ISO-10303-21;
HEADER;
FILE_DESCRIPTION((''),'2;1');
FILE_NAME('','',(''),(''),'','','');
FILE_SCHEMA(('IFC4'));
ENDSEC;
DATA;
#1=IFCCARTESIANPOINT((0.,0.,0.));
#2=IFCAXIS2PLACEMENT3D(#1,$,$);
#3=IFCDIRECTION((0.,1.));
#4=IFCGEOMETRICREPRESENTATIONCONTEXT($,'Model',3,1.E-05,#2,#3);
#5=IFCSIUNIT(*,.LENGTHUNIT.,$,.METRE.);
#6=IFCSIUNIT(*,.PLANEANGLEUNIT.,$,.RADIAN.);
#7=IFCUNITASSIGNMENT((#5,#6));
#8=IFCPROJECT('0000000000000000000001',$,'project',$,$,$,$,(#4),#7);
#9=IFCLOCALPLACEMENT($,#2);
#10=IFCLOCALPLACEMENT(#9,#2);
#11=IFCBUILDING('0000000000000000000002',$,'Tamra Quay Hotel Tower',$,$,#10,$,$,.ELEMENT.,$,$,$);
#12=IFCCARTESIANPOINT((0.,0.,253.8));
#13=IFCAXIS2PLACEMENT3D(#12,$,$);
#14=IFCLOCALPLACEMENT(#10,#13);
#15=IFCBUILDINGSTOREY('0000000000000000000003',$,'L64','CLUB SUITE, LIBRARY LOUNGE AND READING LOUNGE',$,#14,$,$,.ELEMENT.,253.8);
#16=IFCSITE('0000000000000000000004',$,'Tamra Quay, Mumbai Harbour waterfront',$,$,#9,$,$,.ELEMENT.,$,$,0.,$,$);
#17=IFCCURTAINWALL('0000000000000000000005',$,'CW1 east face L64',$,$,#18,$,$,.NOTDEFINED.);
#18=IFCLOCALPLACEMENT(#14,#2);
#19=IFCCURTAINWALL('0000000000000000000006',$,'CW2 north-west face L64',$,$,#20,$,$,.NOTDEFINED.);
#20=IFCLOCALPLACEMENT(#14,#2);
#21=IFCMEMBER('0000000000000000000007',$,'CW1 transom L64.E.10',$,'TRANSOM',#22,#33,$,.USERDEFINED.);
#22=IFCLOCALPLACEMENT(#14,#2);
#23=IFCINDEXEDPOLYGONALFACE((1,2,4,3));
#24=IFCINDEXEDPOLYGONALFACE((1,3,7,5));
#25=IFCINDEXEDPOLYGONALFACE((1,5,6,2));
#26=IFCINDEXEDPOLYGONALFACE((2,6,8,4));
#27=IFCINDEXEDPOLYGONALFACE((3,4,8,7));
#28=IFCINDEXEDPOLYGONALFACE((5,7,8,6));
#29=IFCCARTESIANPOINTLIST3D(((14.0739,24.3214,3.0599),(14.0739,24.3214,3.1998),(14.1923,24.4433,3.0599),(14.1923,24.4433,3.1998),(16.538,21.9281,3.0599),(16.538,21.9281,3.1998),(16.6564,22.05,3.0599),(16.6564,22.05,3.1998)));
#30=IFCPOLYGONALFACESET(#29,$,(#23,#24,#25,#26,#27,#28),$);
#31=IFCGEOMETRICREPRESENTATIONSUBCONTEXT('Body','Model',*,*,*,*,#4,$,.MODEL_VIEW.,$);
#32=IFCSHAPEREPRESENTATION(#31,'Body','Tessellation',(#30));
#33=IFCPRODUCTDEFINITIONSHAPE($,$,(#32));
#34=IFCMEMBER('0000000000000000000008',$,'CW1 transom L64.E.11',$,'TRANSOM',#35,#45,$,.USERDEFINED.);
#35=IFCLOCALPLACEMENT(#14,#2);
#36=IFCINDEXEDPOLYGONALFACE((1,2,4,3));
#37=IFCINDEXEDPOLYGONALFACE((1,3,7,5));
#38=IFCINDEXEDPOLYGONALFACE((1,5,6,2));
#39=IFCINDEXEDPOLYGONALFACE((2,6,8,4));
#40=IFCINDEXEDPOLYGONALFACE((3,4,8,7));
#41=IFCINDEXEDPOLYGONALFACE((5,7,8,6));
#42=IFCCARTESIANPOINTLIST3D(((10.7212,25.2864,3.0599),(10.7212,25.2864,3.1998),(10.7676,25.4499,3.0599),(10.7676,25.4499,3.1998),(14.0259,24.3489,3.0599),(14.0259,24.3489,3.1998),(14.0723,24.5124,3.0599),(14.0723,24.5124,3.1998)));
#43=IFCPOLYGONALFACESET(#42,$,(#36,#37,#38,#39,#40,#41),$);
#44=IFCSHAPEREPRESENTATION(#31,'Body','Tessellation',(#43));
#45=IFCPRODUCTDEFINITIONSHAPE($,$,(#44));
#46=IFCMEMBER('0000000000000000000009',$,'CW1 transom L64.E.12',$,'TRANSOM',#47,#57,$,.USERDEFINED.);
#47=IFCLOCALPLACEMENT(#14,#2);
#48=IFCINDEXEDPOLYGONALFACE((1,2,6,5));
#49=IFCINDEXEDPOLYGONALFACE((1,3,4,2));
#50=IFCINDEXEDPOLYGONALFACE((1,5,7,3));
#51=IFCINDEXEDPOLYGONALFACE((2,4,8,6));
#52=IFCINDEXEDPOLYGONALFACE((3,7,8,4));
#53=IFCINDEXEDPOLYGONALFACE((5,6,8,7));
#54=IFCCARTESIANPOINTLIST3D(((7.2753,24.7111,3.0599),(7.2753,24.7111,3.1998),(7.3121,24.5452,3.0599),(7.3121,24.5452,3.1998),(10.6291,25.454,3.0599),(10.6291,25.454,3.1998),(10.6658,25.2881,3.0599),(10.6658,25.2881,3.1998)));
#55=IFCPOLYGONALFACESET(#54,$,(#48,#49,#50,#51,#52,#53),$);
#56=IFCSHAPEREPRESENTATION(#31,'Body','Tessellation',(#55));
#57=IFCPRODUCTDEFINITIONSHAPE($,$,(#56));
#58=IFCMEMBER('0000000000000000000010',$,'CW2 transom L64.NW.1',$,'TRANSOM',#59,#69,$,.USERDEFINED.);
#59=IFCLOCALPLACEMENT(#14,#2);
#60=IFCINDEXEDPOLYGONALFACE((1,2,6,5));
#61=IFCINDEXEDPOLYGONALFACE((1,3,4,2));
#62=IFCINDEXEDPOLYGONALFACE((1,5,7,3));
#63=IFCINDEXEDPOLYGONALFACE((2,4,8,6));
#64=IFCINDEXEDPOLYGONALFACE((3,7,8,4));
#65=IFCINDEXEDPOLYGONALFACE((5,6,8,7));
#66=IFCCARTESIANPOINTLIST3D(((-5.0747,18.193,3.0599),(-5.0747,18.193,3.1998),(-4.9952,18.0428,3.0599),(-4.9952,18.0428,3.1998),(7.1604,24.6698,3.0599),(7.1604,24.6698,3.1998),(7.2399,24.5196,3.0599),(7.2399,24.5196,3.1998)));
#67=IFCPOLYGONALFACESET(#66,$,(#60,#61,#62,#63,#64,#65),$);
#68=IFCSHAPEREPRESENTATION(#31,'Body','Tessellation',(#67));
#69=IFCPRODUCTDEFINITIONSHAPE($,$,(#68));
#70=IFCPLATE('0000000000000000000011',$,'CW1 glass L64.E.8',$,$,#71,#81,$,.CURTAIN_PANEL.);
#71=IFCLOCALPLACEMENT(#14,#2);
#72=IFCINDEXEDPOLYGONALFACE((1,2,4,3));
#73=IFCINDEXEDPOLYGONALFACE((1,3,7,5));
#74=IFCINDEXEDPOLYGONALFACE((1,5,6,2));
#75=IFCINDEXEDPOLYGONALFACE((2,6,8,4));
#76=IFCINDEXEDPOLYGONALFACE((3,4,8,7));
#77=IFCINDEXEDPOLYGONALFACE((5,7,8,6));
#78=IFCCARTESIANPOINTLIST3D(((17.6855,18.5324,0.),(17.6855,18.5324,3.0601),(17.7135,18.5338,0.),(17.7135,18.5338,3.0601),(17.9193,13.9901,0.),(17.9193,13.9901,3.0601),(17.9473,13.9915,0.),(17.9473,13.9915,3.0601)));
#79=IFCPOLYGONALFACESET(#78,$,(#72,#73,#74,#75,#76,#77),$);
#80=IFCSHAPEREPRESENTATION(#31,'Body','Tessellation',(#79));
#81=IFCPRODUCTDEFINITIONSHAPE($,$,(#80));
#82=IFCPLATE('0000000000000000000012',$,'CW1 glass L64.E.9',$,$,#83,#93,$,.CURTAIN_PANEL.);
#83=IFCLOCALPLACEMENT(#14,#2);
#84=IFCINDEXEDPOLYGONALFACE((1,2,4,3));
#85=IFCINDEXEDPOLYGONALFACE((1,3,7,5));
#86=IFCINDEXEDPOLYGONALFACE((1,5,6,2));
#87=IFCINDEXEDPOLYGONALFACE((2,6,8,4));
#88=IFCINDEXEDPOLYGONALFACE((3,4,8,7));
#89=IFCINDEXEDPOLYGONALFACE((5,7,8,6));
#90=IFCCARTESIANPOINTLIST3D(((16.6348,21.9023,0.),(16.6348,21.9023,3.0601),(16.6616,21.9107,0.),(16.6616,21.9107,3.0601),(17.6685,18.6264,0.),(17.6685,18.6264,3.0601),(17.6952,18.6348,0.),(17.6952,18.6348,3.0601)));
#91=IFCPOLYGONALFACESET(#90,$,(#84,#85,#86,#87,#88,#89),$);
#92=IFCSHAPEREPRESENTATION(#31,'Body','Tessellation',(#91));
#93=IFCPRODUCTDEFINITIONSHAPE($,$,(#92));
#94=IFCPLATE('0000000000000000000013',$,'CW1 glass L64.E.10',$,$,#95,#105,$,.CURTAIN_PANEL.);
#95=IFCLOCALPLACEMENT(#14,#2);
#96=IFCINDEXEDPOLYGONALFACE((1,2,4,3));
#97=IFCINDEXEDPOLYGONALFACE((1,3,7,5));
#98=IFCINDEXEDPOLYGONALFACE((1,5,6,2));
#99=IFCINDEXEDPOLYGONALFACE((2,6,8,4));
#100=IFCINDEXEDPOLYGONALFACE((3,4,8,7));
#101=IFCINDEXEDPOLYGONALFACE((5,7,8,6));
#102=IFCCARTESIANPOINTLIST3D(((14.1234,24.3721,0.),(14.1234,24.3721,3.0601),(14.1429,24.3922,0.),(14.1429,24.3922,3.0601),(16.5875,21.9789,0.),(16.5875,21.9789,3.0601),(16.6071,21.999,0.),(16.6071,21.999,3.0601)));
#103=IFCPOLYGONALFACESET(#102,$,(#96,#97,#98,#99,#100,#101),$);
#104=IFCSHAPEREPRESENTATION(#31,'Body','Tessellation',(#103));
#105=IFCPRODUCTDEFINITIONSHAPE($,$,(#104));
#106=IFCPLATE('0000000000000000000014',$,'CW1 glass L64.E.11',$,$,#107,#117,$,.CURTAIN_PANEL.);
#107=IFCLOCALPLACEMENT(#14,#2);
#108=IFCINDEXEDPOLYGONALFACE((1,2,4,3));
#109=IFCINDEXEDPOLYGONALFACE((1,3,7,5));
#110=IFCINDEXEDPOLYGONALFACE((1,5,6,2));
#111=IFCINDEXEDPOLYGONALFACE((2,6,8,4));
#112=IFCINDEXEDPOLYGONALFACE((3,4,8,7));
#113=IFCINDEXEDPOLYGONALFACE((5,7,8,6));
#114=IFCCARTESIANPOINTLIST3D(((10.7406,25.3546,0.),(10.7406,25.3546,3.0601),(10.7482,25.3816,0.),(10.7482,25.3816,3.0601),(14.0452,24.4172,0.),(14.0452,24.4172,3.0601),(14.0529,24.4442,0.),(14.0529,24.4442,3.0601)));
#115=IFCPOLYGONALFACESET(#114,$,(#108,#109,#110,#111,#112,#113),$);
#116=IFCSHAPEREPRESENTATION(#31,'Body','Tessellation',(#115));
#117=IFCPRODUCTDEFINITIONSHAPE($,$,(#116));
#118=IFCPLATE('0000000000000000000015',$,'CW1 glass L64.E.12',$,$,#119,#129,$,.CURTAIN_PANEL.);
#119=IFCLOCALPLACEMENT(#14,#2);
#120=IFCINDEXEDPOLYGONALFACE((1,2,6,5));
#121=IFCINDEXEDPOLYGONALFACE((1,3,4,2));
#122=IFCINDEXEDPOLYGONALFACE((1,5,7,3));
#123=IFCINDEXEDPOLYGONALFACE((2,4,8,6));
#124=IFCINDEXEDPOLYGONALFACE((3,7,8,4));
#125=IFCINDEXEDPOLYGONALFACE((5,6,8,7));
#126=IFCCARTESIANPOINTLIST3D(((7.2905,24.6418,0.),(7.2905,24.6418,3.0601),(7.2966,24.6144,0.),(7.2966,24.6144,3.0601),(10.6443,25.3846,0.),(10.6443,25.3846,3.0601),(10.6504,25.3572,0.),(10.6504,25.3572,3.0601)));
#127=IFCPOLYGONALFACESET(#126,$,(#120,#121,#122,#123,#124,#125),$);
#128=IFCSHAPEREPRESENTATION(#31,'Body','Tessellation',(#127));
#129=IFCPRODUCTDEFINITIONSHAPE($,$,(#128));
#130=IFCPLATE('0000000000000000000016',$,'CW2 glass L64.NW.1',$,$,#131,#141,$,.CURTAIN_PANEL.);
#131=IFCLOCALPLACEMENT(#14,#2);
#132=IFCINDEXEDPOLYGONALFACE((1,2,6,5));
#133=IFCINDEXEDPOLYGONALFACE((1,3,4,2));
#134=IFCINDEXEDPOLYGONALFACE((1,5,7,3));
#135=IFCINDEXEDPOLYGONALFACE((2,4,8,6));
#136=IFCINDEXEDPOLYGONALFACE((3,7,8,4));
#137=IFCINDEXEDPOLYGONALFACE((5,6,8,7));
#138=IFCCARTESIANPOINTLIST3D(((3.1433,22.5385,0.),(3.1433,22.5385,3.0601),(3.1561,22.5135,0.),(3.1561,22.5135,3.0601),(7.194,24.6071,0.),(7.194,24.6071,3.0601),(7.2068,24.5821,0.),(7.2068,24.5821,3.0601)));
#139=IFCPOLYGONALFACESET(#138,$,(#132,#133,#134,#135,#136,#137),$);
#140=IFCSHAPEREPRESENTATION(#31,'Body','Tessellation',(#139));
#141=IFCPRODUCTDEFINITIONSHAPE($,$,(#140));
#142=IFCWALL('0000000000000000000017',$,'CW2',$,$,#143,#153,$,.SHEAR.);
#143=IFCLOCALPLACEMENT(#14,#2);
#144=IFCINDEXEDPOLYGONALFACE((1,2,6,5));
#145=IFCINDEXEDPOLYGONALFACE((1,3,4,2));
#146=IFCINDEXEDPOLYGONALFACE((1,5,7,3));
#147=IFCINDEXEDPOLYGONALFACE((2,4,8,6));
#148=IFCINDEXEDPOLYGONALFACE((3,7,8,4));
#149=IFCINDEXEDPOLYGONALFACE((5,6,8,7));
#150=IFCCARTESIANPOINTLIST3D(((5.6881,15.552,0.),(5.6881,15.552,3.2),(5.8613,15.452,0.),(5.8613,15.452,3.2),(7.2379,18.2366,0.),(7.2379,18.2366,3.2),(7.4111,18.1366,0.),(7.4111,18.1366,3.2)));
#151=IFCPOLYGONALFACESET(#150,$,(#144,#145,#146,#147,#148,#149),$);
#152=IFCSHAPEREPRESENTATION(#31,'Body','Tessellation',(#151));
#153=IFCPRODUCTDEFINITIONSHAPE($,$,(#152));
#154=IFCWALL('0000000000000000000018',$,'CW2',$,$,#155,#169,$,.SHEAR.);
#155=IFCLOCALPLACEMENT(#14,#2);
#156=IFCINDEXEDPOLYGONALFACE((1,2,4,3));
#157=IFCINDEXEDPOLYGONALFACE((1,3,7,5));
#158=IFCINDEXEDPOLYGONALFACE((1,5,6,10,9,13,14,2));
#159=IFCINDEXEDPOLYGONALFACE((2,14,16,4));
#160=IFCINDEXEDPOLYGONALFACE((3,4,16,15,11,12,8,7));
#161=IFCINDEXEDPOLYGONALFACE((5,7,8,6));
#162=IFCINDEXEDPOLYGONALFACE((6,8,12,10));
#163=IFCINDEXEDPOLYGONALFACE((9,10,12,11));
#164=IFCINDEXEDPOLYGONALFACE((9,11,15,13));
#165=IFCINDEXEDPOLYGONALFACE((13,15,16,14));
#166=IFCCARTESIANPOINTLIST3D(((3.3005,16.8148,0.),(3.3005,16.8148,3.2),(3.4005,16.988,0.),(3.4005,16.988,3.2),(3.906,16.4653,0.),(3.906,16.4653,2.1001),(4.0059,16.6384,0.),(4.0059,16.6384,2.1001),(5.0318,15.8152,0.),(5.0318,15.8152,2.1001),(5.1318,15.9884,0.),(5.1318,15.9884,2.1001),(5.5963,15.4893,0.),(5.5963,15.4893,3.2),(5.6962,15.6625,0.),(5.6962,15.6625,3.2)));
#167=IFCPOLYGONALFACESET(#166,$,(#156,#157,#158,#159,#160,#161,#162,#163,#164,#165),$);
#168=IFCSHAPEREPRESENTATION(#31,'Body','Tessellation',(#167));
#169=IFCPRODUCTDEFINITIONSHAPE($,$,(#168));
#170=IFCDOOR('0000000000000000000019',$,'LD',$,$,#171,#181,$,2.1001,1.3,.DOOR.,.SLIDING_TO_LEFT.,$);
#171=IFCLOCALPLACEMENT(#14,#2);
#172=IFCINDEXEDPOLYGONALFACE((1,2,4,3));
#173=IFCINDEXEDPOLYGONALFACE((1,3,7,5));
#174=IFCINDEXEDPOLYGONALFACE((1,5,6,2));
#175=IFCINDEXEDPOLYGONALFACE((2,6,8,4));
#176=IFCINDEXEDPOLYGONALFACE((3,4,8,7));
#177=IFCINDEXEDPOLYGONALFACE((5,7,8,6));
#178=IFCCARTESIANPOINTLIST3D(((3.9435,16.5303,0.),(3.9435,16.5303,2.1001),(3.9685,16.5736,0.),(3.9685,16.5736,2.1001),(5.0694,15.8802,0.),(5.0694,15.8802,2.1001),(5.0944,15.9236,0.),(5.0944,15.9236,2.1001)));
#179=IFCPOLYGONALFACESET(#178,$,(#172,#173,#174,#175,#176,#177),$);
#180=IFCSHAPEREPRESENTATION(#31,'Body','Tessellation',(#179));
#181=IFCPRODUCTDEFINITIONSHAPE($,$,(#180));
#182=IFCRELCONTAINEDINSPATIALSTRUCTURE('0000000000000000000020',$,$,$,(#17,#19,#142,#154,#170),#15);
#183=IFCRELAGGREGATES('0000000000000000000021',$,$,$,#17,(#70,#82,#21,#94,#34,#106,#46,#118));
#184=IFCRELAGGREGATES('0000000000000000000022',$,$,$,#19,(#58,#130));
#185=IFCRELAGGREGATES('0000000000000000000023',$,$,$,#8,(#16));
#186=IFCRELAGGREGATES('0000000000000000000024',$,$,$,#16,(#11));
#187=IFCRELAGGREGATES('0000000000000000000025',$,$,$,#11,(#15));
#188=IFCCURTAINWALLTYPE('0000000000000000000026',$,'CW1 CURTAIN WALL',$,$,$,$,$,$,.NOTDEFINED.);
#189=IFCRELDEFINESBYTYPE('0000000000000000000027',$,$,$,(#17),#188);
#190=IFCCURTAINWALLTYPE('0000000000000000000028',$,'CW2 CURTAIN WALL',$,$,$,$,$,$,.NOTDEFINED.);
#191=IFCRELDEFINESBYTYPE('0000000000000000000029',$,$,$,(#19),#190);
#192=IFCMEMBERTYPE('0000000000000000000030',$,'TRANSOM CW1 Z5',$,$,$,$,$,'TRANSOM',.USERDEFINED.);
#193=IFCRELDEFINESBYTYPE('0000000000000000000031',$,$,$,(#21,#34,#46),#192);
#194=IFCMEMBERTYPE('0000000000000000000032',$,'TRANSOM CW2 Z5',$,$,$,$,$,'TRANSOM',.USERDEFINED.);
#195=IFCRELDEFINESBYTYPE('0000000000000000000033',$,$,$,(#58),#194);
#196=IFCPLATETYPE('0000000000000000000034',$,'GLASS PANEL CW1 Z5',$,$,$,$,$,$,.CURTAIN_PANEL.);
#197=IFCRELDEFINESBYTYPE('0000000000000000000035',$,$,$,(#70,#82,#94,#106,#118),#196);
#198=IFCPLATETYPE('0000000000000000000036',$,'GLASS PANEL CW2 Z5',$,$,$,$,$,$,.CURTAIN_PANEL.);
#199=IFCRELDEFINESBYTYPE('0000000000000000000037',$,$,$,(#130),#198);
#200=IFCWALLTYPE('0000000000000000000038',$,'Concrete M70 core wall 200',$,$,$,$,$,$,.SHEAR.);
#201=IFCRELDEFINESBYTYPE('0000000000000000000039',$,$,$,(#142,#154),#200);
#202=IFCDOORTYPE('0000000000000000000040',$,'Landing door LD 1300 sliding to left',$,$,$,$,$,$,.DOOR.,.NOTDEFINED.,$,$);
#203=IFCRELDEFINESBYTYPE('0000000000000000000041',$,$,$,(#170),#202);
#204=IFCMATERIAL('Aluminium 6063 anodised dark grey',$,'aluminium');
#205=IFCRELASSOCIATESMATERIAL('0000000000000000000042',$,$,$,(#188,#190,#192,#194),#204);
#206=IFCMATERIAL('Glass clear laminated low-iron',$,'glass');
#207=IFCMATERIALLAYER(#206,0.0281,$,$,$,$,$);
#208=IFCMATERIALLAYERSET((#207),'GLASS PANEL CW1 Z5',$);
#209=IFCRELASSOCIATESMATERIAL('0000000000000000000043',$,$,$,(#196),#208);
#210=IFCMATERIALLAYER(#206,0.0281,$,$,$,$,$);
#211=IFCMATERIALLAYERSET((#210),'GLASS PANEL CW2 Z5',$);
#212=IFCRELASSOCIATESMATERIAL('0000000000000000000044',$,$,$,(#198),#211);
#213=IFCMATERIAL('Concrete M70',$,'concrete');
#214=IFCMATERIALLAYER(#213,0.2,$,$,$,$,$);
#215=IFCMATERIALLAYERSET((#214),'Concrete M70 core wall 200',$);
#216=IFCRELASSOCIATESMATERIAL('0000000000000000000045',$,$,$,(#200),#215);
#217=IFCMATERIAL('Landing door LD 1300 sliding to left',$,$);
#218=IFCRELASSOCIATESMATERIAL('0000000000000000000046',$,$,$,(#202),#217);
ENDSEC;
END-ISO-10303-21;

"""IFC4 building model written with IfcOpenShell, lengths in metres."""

from ifc_helpers import new_model, si_unit, direction, frame, frame_2d, origin, origin_2d, place, context, subcontext, project, spatial, rectangle, extrude, material, layer, layer_set, material_profile, profile_set, type_object, element, fill, aggregate, save


model = new_model("IFC4")

# Units and contexts
model_context = context("Model", 3, precision=1e-05, world=origin(), true_north=direction((0.0, 1.0)))
body_context = subcontext(model_context, "Body", "Model", "MODEL_VIEW")
ifc_project = project(units=[si_unit("LENGTHUNIT", "METRE"), si_unit("PLANEANGLEUNIT", "RADIAN")], contexts=[model_context])

# Site, building, storey
site_placement = place(None, origin())
site = spatial("IfcSite", under=ifc_project, at=site_placement, Name="Tamra Quay, Mumbai Harbour waterfront", CompositionType="ELEMENT", RefElevation=0.0)
building_placement = place(site_placement, origin())
building = spatial("IfcBuilding", under=site, at=building_placement, Name="Tamra Quay Hotel Tower", CompositionType="ELEMENT")
storey_placement = place(building_placement, frame((0.0, 0.0, 253.8)))
storey = spatial("IfcBuildingStorey", under=building, at=storey_placement, Name="L64", Description="CLUB SUITE, LIBRARY LOUNGE AND READING LOUNGE", CompositionType="ELEMENT", Elevation=253.8)

# Shared definitions
ifc_material_1 = material(Name="Concrete M70", Category="concrete")

# Curtain wall
ifc_material_2 = material(Name="Aluminium 6063 anodised dark grey", Category="aluminium")
curtain_wall_type_1 = type_object("IfcCurtainWallType", Name="CW1 CURTAIN WALL", PredefinedType="NOTDEFINED", material=ifc_material_2)
curtain_wall_1_placement = place(storey_placement, origin())
curtain_wall_1 = element("IfcCurtainWall", 1, at=curtain_wall_1_placement, inside=storey, type_object=curtain_wall_type_1, Name="CW1 east face L64", PredefinedType="NOTDEFINED")

# Curtain wall
curtain_wall_type_2 = type_object("IfcCurtainWallType", Name="CW2 CURTAIN WALL", PredefinedType="NOTDEFINED", material=ifc_material_2)
curtain_wall_2_placement = place(storey_placement, origin())
curtain_wall_2 = element("IfcCurtainWall", 2, at=curtain_wall_2_placement, inside=storey, type_object=curtain_wall_type_2, Name="CW2 north-west face L64", PredefinedType="NOTDEFINED")

# Members
ifc_material_profile_1 = material_profile(ifc_material_2, rectangle(XDim=0.1699, YDim=0.1399, at=origin_2d()), Name="TRANSOM 170X140")
ifc_profile_set_1 = profile_set([ifc_material_profile_1], Name="Aluminium 6063 anodised dark grey")
member_type_1 = type_object("IfcMemberType", Name="TRANSOM CW1 Z5", ElementType="TRANSOM", PredefinedType="USERDEFINED", material=ifc_profile_set_1)
member_1_placement = place(storey_placement, frame((16.5972, 21.989, 3.1299), z_axis=(-0.717337, 0.696726, 0.0), x_axis=(-0.696726, -0.717337, 0.0)))
member_1 = element("IfcMember", 3, at=member_1_placement, type_object=member_type_1, Name="CW1 transom L64.E.10", ObjectType="TRANSOM", PredefinedType="USERDEFINED", context=body_context, shape_type="SweptSolid", body=[
    extrude(rectangle(XDim=0.1699, YDim=0.1399, at=origin_2d()), origin(), (0.0, 0.0, 1.0), 3.4351),
])
member_2_placement = place(storey_placement, frame((14.0491, 24.4307, 3.1299), z_axis=(-0.962037, 0.272918, 0.0), x_axis=(-0.272918, -0.962037, 0.0)))
member_2 = element("IfcMember", 4, at=member_2_placement, type_object=member_type_1, Name="CW1 transom L64.E.11", ObjectType="TRANSOM", PredefinedType="USERDEFINED", context=body_context, shape_type="SweptSolid", body=[
    extrude(rectangle(XDim=0.1699, YDim=0.1399, at=origin_2d()), origin(), (0.0, 0.0, 1.0), 3.4351),
])
member_3_placement = place(storey_placement, frame((10.6475, 25.3711, 3.1299), z_axis=(-0.976332, -0.216276, 0.0), x_axis=(0.216276, -0.976332, 0.0)))
member_3 = element("IfcMember", 5, at=member_3_placement, type_object=member_type_1, Name="CW1 transom L64.E.12", ObjectType="TRANSOM", PredefinedType="USERDEFINED", context=body_context, shape_type="SweptSolid", body=[
    extrude(rectangle(XDim=0.1699, YDim=0.1399, at=origin_2d()), origin(), (0.0, 0.0, 1.0), 3.4351),
])
ifc_material_profile_2 = material_profile(ifc_material_2, rectangle(XDim=0.1699, YDim=0.1399, at=origin_2d()), Name="TRANSOM 170X140")
ifc_profile_set_2 = profile_set([ifc_material_profile_2], Name="Aluminium 6063 anodised dark grey")
member_type_2 = type_object("IfcMemberType", Name="TRANSOM CW2 Z5", ElementType="TRANSOM", PredefinedType="USERDEFINED", material=ifc_profile_set_2)
member_4_placement = place(storey_placement, frame((7.2002, 24.5947, 3.1299), z_axis=(-0.883806, -0.467854, 0.0), x_axis=(0.467854, -0.883806, 0.0)))
member_4 = element("IfcMember", 6, at=member_4_placement, type_object=member_type_2, Name="CW2 transom L64.NW.1", ObjectType="TRANSOM", PredefinedType="USERDEFINED", context=body_context, shape_type="SweptSolid", body=[
    extrude(rectangle(XDim=0.1699, YDim=0.1399, at=origin_2d()), origin(), (0.0, 0.0, 1.0), 13.8438),
])

# Plates
ifc_material_3 = material(Name="Glass clear laminated low-iron", Category="glass")
ifc_layer_1 = layer(ifc_material_3, 0.0281)
ifc_layer_set_1 = layer_set([ifc_layer_1], Name="GLASS PANEL CW1 Z5")
plate_type_1 = type_object("IfcPlateType", Name="GLASS PANEL CW1 Z5", PredefinedType="CURTAIN_PANEL", material=ifc_layer_set_1)
plate_1_placement = place(storey_placement, frame((17.8164, 16.262, 0.0), z_axis=(0.0, 0.0, 1.0), x_axis=(-0.051403, 0.998678, 0.0)))
plate_1 = element("IfcPlate", 7, at=plate_1_placement, type_object=plate_type_1, Name="CW1 glass L64.E.8", PredefinedType="CURTAIN_PANEL", context=body_context, shape_type="SweptSolid", body=[
    extrude(rectangle(XDim=4.5483, YDim=0.0281, at=origin_2d()), origin(), (0.0, 0.0, 1.0), 3.0601),
])
plate_2_placement = place(storey_placement, frame((17.165, 20.2686, 0.0), z_axis=(0.0, 0.0, 1.0), x_axis=(-0.300903, 0.953655, 0.0)))
plate_2 = element("IfcPlate", 8, at=plate_2_placement, type_object=plate_type_1, Name="CW1 glass L64.E.9", PredefinedType="CURTAIN_PANEL", context=body_context, shape_type="SweptSolid", body=[
    extrude(rectangle(XDim=3.4351, YDim=0.0281, at=origin_2d()), origin(), (0.0, 0.0, 1.0), 3.0601),
])
plate_3_placement = place(storey_placement, frame((15.3652, 23.1855, 0.0), z_axis=(0.0, 0.0, 1.0), x_axis=(-0.717364, 0.696698, 0.0)))
plate_3 = element("IfcPlate", 9, at=plate_3_placement, type_object=plate_type_1, Name="CW1 glass L64.E.10", PredefinedType="CURTAIN_PANEL", context=body_context, shape_type="SweptSolid", body=[
    extrude(rectangle(XDim=3.4351, YDim=0.0281, at=origin_2d()), origin(), (0.0, 0.0, 1.0), 3.0601),
])
plate_4_placement = place(storey_placement, frame((12.3967, 24.8994, 0.0), z_axis=(0.0, 0.0, 1.0), x_axis=(-0.962041, 0.272906, 0.0)))
plate_4 = element("IfcPlate", 10, at=plate_4_placement, type_object=plate_type_1, Name="CW1 glass L64.E.11", PredefinedType="CURTAIN_PANEL", context=body_context, shape_type="SweptSolid", body=[
    extrude(rectangle(XDim=3.4351, YDim=0.0281, at=origin_2d()), origin(), (0.0, 0.0, 1.0), 3.0601),
])
plate_5_placement = place(storey_placement, frame((8.9705, 24.9995, 0.0), z_axis=(0.0, 0.0, 1.0), x_axis=(-0.976341, -0.216238, 0.0)))
plate_5 = element("IfcPlate", 11, at=plate_5_placement, type_object=plate_type_1, Name="CW1 glass L64.E.12", PredefinedType="CURTAIN_PANEL", context=body_context, shape_type="SweptSolid", body=[
    extrude(rectangle(XDim=3.4351, YDim=0.0281, at=origin_2d()), origin(), (0.0, 0.0, 1.0), 3.0601),
])
aggregate(curtain_wall_1, [plate_1, plate_2, member_1, plate_3, member_2, plate_4, member_3, plate_5])
ifc_layer_2 = layer(ifc_material_3, 0.0281)
ifc_layer_set_2 = layer_set([ifc_layer_2], Name="GLASS PANEL CW2 Z5")
plate_type_2 = type_object("IfcPlateType", Name="GLASS PANEL CW2 Z5", PredefinedType="CURTAIN_PANEL", material=ifc_layer_set_2)
plate_6_placement = place(storey_placement, frame((5.175, 23.5603, 0.0), z_axis=(0.0, 0.0, 1.0), x_axis=(-0.890582, -0.454822, 0.0)))
plate_6 = element("IfcPlate", 12, at=plate_6_placement, type_object=plate_type_2, Name="CW2 glass L64.NW.1", PredefinedType="CURTAIN_PANEL", context=body_context, shape_type="SweptSolid", body=[
    extrude(rectangle(XDim=4.5483, YDim=0.0281, at=origin_2d()), origin(), (0.0, 0.0, 1.0), 3.0601),
])
aggregate(curtain_wall_2, [member_4, plate_6])

# Wall
ifc_layer_3 = layer(ifc_material_1, 0.2)
ifc_layer_set_3 = layer_set([ifc_layer_3], Name="Concrete M70 core wall 200")
wall_type_1 = type_object("IfcWallType", Name="Concrete M70 core wall 200", PredefinedType="SHEAR", material=ifc_layer_set_3)
wall_1_placement = place(storey_placement, frame((7.3245, 18.1865, 0.0), z_axis=(0.0, 0.0, 1.0), x_axis=(-0.499968, -0.866044, 0.0)))
element("IfcWall", 13, at=wall_1_placement, inside=storey, type_object=wall_type_1, Name="CW2", PredefinedType="SHEAR", context=body_context, shape_type="SweptSolid", body=[
    extrude(rectangle(XDim=3.0999, YDim=0.2, at=frame_2d((1.5498, 0.0))), origin(), (0.0, 0.0, 1.0), 3.2),
])

# Wall, opening, door
wall_2_placement = place(storey_placement, frame((5.6462, 15.5759, 0.0), z_axis=(0.0, 0.0, 1.0), x_axis=(-0.866018, 0.500012, 0.0)))
wall_2 = element("IfcWall", 14, at=wall_2_placement, inside=storey, type_object=wall_type_1, Name="CW2", PredefinedType="SHEAR", context=body_context, shape_type="SweptSolid", body=[
    extrude(rectangle(XDim=2.6509, YDim=0.2, at=frame_2d((1.3254, 0.0))), origin(), (0.0, 0.0, 1.0), 3.2),
])
opening_1_placement = place(wall_2_placement, frame((0.6519, 0.0, 0.0)))
opening_1 = element("IfcOpeningElement", 15, at=opening_1_placement, cuts=wall_2, PredefinedType="OPENING", context=body_context, shape_type="SweptSolid", body=[
    extrude(rectangle(XDim=1.3, YDim=2.1001, at=frame_2d((0.6499, 1.05))), frame((0.0, 0.1099, 0.0), z_axis=(0.0, -1.0, 0.0), x_axis=(1.0, 0.0, 0.0)), (0.0, 0.0, 1.0), 0.22),
])
ifc_material_4 = material(Name="Landing door LD 1300 sliding to left")
door_type_1 = type_object("IfcDoorType", Name="Landing door LD 1300 sliding to left", OperationType="NOTDEFINED", PredefinedType="DOOR", material=ifc_material_4)
door_1_placement = place(opening_1_placement, origin())
door_1 = element("IfcDoor", 16, at=door_1_placement, inside=storey, type_object=door_type_1, Name="LD", OperationType="SLIDING_TO_LEFT", OverallHeight=2.1001, OverallWidth=1.3, PredefinedType="DOOR", context=body_context, shape_type="SweptSolid", body=[
    extrude(rectangle(XDim=1.3, YDim=2.1001, at=frame_2d((0.6499, 1.05))), frame((0.0, 0.0249, 0.0), z_axis=(0.0, -1.0, 0.0), x_axis=(1.0, 0.0, 0.0)), (0.0, 0.0, 1.0), 0.05),
])
fill(opening_1, door_1)

save(model, "model.ifc")
